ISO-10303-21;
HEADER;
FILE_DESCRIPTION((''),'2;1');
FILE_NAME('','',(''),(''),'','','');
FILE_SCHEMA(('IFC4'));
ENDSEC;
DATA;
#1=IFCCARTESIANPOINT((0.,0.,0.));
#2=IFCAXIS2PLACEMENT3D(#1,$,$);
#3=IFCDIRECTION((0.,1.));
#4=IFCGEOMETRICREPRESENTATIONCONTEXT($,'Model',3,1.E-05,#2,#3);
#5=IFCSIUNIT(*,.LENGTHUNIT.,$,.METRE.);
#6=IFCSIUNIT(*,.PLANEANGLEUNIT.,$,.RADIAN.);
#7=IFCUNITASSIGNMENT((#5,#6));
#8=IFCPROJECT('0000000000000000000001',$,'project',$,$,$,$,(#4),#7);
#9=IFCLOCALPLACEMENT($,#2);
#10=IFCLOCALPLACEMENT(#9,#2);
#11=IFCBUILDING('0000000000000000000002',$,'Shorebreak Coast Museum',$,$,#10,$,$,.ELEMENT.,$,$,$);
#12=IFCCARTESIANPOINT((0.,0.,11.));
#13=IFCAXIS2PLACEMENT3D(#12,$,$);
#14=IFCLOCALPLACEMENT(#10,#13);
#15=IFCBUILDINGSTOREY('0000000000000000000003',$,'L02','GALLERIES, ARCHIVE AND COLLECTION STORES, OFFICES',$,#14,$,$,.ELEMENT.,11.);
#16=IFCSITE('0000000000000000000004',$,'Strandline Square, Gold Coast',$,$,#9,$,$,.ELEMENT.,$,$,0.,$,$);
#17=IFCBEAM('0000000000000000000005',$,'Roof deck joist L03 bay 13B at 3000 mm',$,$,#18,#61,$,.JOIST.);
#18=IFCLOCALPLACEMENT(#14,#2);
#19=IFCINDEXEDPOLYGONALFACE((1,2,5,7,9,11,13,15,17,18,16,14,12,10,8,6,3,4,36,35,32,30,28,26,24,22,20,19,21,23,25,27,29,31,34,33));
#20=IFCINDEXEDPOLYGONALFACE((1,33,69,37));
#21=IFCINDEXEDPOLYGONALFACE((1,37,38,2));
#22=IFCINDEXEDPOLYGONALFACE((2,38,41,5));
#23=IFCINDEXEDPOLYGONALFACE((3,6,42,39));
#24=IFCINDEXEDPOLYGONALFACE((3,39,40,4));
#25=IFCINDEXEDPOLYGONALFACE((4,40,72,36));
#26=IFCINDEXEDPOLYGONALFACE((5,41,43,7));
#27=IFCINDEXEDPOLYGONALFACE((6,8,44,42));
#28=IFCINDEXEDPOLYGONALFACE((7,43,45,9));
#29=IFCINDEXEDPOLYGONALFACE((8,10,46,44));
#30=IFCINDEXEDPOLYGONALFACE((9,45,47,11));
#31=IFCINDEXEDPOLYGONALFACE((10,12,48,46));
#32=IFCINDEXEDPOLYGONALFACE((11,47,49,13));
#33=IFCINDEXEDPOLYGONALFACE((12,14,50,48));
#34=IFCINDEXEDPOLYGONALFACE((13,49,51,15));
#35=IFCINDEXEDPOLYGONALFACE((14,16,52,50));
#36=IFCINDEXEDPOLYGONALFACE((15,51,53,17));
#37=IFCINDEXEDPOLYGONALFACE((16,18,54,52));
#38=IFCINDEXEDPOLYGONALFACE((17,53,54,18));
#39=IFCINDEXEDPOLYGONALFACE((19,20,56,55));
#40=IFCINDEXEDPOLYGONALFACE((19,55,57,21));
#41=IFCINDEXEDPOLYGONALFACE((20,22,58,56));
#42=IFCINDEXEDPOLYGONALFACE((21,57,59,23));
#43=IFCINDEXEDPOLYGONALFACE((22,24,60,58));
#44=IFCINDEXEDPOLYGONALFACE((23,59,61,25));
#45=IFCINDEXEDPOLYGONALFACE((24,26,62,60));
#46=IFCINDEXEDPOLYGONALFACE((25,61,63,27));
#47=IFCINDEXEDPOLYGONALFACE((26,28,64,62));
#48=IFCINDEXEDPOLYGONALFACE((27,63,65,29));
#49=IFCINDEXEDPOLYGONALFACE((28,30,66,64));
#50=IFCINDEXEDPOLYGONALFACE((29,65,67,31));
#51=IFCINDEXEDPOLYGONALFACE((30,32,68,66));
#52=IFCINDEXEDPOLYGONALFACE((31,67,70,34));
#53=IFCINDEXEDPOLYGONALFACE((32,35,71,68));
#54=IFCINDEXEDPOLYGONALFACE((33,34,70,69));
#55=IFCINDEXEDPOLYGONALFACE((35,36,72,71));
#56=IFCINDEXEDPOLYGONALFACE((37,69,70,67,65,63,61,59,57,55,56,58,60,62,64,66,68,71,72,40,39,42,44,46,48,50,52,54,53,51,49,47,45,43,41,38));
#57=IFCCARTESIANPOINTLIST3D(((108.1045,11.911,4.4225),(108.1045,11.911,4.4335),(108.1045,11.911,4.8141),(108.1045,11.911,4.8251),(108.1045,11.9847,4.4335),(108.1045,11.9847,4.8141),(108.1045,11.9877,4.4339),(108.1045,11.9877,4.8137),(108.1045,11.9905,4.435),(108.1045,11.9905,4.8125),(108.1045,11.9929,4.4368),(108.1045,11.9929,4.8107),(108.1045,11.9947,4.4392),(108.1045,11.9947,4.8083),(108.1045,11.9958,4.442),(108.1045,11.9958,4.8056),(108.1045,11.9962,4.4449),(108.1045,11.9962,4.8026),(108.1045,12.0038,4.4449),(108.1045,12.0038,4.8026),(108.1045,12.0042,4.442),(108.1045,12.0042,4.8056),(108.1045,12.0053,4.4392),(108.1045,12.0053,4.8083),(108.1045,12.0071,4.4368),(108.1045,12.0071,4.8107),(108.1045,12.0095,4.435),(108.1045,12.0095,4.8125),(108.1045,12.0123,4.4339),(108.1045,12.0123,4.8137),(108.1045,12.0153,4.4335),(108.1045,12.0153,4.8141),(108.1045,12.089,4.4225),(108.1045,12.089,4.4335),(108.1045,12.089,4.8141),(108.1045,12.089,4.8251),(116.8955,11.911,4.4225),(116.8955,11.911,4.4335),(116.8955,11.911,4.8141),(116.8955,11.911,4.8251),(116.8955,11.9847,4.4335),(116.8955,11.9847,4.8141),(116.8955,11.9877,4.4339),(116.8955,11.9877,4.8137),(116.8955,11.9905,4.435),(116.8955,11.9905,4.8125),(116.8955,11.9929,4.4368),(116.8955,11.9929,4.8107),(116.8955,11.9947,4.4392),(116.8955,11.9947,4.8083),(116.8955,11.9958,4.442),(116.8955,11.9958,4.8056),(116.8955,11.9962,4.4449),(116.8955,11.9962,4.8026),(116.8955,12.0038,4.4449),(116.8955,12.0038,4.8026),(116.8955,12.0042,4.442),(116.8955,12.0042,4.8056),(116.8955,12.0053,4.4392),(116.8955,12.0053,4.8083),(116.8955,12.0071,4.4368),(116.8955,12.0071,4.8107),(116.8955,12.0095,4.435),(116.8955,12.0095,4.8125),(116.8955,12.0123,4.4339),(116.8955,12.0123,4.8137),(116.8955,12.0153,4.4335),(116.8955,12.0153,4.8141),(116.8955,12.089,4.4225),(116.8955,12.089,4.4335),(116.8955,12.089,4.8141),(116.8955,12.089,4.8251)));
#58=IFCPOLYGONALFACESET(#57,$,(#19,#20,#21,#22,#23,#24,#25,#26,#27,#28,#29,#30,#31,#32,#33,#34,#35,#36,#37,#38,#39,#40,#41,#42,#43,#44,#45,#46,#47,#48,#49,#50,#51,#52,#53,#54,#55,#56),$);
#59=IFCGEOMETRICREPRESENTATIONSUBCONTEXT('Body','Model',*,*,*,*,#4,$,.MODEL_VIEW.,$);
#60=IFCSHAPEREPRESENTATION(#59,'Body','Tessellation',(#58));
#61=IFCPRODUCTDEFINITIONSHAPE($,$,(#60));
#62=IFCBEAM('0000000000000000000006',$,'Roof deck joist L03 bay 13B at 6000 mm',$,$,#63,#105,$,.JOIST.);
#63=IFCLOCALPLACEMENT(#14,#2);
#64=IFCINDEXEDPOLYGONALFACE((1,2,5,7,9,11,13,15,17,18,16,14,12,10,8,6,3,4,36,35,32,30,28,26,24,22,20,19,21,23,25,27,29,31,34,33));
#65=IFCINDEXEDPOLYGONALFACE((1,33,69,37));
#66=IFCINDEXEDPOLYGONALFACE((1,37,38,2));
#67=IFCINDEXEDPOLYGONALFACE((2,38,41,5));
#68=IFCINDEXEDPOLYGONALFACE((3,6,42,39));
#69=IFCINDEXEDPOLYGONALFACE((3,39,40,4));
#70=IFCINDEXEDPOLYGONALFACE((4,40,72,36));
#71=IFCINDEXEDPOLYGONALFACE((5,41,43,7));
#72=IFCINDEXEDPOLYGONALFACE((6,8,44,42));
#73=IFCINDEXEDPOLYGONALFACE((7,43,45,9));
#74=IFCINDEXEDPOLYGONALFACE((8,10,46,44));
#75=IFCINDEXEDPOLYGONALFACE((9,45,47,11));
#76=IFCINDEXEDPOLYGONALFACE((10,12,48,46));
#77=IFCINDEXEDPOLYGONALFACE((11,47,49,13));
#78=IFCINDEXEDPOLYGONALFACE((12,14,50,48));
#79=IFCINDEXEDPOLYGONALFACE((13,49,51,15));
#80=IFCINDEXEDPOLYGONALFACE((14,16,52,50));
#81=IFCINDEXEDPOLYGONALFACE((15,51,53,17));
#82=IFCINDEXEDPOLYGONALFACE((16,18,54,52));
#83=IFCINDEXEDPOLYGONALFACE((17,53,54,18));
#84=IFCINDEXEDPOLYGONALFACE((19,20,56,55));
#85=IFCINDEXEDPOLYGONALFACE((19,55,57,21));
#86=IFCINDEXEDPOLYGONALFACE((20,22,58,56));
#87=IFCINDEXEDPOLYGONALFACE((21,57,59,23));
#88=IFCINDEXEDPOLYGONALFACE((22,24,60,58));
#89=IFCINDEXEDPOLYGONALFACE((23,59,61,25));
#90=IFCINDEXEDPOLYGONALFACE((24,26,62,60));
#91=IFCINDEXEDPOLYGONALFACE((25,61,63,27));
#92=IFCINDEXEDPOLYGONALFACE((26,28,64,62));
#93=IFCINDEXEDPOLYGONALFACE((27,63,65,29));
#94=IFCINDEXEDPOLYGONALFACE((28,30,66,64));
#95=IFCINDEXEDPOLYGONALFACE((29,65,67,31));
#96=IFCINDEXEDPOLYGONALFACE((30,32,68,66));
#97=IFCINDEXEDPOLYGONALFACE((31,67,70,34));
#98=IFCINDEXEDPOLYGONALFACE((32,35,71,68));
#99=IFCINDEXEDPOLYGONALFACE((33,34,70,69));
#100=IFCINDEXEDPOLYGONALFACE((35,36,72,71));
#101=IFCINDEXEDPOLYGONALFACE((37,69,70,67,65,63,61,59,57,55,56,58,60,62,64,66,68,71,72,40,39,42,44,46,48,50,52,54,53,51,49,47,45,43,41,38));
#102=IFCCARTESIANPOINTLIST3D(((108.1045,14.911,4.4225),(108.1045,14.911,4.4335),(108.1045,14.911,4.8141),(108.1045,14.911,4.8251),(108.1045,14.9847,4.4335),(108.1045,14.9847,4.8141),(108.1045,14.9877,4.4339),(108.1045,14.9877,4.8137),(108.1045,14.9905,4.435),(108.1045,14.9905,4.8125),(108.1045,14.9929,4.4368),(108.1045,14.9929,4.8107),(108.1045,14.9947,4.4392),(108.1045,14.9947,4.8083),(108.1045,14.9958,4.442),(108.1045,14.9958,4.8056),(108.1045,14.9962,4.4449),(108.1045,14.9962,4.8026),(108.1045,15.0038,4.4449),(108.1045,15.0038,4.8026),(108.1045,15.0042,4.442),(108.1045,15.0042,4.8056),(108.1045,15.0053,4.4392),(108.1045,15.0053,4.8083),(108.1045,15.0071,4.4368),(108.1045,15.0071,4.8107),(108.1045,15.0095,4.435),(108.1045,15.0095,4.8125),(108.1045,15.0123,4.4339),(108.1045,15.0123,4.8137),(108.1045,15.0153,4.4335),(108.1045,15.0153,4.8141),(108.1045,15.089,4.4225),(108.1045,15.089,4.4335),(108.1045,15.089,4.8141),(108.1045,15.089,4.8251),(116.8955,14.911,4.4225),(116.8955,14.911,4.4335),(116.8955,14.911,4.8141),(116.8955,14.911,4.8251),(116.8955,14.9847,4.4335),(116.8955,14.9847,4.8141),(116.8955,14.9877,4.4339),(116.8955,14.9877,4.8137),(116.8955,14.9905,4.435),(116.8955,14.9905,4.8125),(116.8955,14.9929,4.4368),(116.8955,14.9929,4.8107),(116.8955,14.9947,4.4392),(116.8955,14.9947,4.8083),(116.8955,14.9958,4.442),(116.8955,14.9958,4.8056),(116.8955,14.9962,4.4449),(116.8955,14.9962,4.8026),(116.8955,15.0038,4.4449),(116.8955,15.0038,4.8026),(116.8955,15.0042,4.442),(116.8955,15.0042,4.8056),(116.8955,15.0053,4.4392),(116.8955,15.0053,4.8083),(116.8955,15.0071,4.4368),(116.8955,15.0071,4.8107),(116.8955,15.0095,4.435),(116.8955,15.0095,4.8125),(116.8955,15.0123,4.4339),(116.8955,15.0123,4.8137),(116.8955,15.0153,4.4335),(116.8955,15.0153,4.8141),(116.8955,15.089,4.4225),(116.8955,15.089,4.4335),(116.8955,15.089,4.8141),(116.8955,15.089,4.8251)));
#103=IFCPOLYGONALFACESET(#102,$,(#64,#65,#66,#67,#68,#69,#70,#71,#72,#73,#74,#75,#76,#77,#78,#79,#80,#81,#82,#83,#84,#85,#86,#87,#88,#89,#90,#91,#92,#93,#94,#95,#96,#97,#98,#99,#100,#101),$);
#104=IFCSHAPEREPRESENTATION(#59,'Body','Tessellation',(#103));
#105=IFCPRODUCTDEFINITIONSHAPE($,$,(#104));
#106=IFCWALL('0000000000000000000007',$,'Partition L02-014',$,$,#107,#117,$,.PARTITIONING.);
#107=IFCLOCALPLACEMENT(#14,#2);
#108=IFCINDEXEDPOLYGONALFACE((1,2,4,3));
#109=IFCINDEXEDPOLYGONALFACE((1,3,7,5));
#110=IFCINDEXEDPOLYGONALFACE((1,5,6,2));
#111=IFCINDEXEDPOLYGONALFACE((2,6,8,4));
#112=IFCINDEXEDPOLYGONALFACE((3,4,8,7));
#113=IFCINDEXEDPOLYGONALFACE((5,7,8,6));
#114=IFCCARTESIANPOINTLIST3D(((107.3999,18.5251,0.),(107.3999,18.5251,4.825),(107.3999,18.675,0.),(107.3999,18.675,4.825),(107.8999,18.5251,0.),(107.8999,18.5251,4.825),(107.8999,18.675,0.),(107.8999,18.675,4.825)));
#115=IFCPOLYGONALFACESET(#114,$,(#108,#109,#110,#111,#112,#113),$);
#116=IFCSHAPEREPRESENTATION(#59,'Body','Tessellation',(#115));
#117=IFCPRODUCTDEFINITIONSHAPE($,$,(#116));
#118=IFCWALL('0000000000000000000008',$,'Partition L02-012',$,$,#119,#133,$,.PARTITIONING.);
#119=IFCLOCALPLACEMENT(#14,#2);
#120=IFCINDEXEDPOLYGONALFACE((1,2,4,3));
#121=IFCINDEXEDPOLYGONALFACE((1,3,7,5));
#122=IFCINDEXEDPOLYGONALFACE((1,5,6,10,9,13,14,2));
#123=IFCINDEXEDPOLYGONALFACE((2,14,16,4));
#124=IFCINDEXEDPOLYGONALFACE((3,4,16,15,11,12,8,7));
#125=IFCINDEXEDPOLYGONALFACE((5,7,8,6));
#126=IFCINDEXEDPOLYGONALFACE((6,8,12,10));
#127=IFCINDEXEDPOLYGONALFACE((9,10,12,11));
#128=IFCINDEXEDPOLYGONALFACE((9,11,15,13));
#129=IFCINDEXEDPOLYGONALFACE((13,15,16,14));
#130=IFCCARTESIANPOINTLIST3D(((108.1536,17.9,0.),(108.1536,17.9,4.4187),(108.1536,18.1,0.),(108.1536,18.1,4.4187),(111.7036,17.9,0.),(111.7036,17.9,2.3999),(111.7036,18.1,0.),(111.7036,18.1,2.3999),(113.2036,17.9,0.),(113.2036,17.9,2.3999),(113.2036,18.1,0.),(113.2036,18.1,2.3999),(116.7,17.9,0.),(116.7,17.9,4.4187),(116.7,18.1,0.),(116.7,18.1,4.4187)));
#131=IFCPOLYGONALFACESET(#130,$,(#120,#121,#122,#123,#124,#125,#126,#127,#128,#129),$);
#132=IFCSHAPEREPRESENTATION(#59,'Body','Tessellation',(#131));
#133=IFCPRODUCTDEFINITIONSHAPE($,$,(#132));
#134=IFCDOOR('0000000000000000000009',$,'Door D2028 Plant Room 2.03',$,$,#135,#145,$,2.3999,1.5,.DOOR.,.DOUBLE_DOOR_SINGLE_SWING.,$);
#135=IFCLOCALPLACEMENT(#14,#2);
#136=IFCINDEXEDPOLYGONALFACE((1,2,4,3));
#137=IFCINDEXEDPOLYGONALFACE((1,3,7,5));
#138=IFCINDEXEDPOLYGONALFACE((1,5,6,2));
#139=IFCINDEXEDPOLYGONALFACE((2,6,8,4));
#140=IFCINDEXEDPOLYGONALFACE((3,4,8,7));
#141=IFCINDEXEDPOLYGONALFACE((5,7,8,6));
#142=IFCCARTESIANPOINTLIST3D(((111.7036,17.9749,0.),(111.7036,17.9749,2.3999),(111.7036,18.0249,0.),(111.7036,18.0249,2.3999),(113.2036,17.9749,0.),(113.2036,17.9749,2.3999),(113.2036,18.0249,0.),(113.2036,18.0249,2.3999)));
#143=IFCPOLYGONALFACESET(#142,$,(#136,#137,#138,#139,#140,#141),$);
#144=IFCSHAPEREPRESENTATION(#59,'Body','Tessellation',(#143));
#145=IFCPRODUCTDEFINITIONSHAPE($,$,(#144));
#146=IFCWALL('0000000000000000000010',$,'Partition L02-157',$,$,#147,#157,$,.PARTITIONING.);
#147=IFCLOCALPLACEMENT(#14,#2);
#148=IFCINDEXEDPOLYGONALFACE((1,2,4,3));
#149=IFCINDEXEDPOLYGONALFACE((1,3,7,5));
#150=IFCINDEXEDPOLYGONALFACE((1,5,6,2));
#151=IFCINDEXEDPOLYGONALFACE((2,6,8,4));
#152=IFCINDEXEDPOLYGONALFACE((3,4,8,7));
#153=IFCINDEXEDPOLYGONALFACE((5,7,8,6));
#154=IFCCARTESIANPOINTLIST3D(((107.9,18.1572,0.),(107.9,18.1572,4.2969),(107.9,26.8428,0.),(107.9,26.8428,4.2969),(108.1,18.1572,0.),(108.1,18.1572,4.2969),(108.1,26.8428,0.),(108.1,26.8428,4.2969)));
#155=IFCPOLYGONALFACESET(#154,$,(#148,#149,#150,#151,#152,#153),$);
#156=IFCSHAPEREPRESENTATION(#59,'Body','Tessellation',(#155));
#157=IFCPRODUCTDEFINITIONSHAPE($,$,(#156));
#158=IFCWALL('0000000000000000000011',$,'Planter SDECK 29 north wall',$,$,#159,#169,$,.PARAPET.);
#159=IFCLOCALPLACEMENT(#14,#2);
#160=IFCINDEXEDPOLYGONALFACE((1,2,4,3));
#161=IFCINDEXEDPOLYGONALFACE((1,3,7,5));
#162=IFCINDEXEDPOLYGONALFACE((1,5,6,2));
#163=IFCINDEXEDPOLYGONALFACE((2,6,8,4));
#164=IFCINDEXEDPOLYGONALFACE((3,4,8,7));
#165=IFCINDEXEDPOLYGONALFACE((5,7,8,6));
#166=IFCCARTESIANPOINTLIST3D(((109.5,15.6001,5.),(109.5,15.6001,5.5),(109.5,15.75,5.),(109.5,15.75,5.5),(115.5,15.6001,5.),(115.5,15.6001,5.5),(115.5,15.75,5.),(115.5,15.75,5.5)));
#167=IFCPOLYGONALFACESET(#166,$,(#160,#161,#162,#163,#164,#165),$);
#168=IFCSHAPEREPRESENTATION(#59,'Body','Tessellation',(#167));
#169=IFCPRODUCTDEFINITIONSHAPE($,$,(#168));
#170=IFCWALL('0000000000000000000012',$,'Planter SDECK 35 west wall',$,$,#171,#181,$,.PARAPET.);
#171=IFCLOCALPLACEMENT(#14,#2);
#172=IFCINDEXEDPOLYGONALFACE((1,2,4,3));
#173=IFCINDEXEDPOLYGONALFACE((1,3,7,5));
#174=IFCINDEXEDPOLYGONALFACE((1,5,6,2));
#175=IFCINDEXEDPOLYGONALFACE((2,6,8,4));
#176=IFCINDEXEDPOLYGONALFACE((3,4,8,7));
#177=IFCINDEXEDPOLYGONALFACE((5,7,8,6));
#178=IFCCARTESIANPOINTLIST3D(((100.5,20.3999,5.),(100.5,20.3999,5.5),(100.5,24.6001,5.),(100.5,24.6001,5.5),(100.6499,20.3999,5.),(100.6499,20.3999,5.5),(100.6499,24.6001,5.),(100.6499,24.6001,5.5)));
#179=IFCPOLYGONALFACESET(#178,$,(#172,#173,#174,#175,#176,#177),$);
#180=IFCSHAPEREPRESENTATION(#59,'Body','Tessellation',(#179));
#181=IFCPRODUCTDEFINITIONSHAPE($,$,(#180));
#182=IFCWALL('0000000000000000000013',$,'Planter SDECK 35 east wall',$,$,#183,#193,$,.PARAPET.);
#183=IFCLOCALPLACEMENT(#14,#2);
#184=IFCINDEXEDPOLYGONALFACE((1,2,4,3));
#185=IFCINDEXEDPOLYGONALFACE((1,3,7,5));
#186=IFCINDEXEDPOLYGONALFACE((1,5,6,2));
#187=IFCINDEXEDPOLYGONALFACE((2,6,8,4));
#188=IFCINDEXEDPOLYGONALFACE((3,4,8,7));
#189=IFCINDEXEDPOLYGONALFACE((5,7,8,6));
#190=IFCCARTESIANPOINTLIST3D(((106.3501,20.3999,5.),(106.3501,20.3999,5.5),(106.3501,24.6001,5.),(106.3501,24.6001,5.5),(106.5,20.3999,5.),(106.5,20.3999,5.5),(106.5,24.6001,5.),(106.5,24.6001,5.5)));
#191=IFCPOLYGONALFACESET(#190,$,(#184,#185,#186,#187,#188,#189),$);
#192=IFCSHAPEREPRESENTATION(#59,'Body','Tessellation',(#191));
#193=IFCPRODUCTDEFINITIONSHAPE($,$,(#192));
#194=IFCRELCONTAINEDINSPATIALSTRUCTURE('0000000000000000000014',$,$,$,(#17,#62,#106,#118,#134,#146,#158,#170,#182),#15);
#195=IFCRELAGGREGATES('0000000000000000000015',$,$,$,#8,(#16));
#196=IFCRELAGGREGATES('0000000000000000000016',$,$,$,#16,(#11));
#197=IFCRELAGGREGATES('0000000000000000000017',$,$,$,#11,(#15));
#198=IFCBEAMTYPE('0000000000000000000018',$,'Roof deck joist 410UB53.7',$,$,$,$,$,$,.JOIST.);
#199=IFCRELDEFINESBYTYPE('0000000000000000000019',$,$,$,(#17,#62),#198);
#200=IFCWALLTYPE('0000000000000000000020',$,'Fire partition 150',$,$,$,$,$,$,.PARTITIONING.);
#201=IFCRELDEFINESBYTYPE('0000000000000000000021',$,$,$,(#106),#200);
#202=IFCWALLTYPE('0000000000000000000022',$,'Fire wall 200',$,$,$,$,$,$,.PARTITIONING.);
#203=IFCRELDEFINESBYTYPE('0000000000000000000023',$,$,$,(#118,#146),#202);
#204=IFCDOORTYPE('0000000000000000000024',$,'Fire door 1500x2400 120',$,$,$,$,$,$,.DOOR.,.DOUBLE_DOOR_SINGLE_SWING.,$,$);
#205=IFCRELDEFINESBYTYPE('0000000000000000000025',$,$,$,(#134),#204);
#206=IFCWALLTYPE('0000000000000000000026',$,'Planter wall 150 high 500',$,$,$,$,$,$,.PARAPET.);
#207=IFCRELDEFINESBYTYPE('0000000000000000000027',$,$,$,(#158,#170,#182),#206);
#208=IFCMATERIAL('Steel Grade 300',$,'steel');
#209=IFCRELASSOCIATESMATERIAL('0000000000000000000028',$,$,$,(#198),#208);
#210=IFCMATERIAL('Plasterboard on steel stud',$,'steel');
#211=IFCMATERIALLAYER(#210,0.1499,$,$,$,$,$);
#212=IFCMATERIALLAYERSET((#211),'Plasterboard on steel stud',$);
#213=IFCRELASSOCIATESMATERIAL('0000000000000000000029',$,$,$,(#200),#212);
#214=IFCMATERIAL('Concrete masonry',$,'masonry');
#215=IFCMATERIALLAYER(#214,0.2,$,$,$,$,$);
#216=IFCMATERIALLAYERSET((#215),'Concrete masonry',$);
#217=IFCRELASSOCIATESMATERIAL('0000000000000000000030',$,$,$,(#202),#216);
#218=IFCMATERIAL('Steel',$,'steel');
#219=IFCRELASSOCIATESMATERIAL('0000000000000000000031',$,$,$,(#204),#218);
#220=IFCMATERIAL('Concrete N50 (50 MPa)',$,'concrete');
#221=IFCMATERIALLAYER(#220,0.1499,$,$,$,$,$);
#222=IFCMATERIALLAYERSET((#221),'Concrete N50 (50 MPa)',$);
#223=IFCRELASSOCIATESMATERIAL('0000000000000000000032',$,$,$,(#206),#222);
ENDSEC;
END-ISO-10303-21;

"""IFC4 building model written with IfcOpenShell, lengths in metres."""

from ifc_helpers import new_model, si_unit, direction, frame, frame_2d, origin, origin_2d, place, context, subcontext, project, spatial, rectangle, i_section, extrude, material, layer, layer_set, material_profile, profile_set, type_object, element, fill, save


model = new_model("IFC4")

# Units and contexts
model_context = context("Model", 3, precision=1e-05, world=origin(), true_north=direction((0.0, 1.0)))
body_context = subcontext(model_context, "Body", "Model", "MODEL_VIEW")
ifc_project = project(units=[si_unit("LENGTHUNIT", "METRE"), si_unit("PLANEANGLEUNIT", "RADIAN")], contexts=[model_context])

# Site, building, storey
site_placement = place(None, origin())
site = spatial("IfcSite", under=ifc_project, at=site_placement, Name="Strandline Square, Gold Coast", CompositionType="ELEMENT", RefElevation=0.0)
building_placement = place(site_placement, origin())
building = spatial("IfcBuilding", under=site, at=building_placement, Name="Shorebreak Coast Museum", CompositionType="ELEMENT")
storey_placement = place(building_placement, frame((0.0, 0.0, 11.0)))
storey = spatial("IfcBuildingStorey", under=building, at=storey_placement, Name="L02", Description="GALLERIES, ARCHIVE AND COLLECTION STORES, OFFICES", CompositionType="ELEMENT", Elevation=11.0)

# Beams
ifc_material_1 = material(Name="Steel Grade 300", Category="steel")
ifc_material_profile_1 = material_profile(ifc_material_1, i_section(OverallWidth=0.178, OverallDepth=0.4026, WebThickness=0.0076, FlangeThickness=0.011, FilletRadius=0.0115, at=origin_2d()), Name="410UB53.7")
ifc_profile_set_1 = profile_set([ifc_material_profile_1], Name="Steel Grade 300")
beam_type_1 = type_object("IfcBeamType", Name="Roof deck joist 410UB53.7", PredefinedType="JOIST", material=ifc_profile_set_1)
for number, where, z_axis, x_axis, name in (
    (1, (108.1045, 12.0, 4.6238), (1.0, 0.0, 0.0), (0.0, 1.0, 0.0), "Roof deck joist L03 bay 13B at 3000 mm"),
    (2, (108.1045, 15.0, 4.6238), (1.0, 0.0, 0.0), (0.0, 1.0, 0.0), "Roof deck joist L03 bay 13B at 6000 mm"),
):
    element("IfcBeam", number, at=place(storey_placement, frame(where, z_axis=z_axis, x_axis=x_axis)), inside=storey, type_object=beam_type_1, Name=name, PredefinedType="JOIST", context=body_context, shape_type="SweptSolid", body=[
        extrude(i_section(OverallWidth=0.178, OverallDepth=0.4026, WebThickness=0.0076, FlangeThickness=0.011, FilletRadius=0.0115, at=origin_2d()), origin(), (0.0, 0.0, 1.0), 8.791),
    ])

# Wall
ifc_material_2 = material(Name="Plasterboard on steel stud", Category="steel")
ifc_layer_1 = layer(ifc_material_2, 0.1499)
ifc_layer_set_1 = layer_set([ifc_layer_1], Name="Plasterboard on steel stud")
wall_type_1 = type_object("IfcWallType", Name="Fire partition 150", PredefinedType="PARTITIONING", material=ifc_layer_set_1)
wall_1_placement = place(storey_placement, frame((107.3999, 18.6001, 0.0), z_axis=(0.0, 0.0, 1.0), x_axis=(1.0, 0.0, 0.0)))
element("IfcWall", 3, at=wall_1_placement, inside=storey, type_object=wall_type_1, Name="Partition L02-014", PredefinedType="PARTITIONING", context=body_context, shape_type="SweptSolid", body=[
    extrude(rectangle(XDim=0.5, YDim=0.1499, at=frame_2d((0.25, 0.0))), origin(), (0.0, 0.0, 1.0), 4.825),
])

# Wall, opening, door
ifc_material_3 = material(Name="Concrete masonry", Category="masonry")
ifc_layer_2 = layer(ifc_material_3, 0.2)
ifc_layer_set_2 = layer_set([ifc_layer_2], Name="Concrete masonry")
wall_type_2 = type_object("IfcWallType", Name="Fire wall 200", PredefinedType="PARTITIONING", material=ifc_layer_set_2)
wall_2_placement = place(storey_placement, frame((108.1536, 18.0, 0.0), z_axis=(0.0, 0.0, 1.0), x_axis=(1.0, 0.0, 0.0)))
wall_2 = element("IfcWall", 4, at=wall_2_placement, inside=storey, type_object=wall_type_2, Name="Partition L02-012", PredefinedType="PARTITIONING", context=body_context, shape_type="SweptSolid", body=[
    extrude(rectangle(XDim=8.5464, YDim=0.2, at=frame_2d((4.2732, 0.0))), origin(), (0.0, 0.0, 1.0), 4.4187),
])
opening_1_placement = place(wall_2_placement, frame((3.55, 0.0, 0.0)))
opening_1 = element("IfcOpeningElement", 5, at=opening_1_placement, cuts=wall_2, PredefinedType="OPENING", context=body_context, shape_type="SweptSolid", body=[
    extrude(rectangle(XDim=1.5, YDim=2.3999, at=frame_2d((0.75, 1.2))), frame((0.0, 0.1099, 0.0), z_axis=(0.0, -1.0, 0.0), x_axis=(1.0, 0.0, 0.0)), (0.0, 0.0, 1.0), 0.22),
])
ifc_material_4 = material(Name="Steel", Category="steel")
door_type_1 = type_object("IfcDoorType", Name="Fire door 1500x2400 120", OperationType="DOUBLE_DOOR_SINGLE_SWING", PredefinedType="DOOR", material=ifc_material_4)
door_1_placement = place(opening_1_placement, origin())
door_1 = element("IfcDoor", 6, at=door_1_placement, inside=storey, type_object=door_type_1, Name="Door D2028 Plant Room 2.03", OperationType="DOUBLE_DOOR_SINGLE_SWING", OverallHeight=2.3999, OverallWidth=1.5, PredefinedType="DOOR", context=body_context, shape_type="SweptSolid", body=[
    extrude(rectangle(XDim=1.5, YDim=2.3999, at=frame_2d((0.75, 1.2))), frame((0.0, 0.0249, 0.0), z_axis=(0.0, -1.0, 0.0), x_axis=(1.0, 0.0, 0.0)), (0.0, 0.0, 1.0), 0.05),
])
fill(opening_1, door_1)

# Walls
wall_3_placement = place(storey_placement, frame((108.0, 18.1572, 0.0), z_axis=(0.0, 0.0, 1.0), x_axis=(0.0, 1.0, 0.0)))
element("IfcWall", 7, at=wall_3_placement, inside=storey, type_object=wall_type_2, Name="Partition L02-157", PredefinedType="PARTITIONING", context=body_context, shape_type="SweptSolid", body=[
    extrude(rectangle(XDim=8.6855, YDim=0.2, at=frame_2d((4.3428, 0.0))), origin(), (0.0, 0.0, 1.0), 4.2969),
])
ifc_material_5 = material(Name="Concrete N50 (50 MPa)", Category="concrete")
ifc_layer_3 = layer(ifc_material_5, 0.1499)
ifc_layer_set_3 = layer_set([ifc_layer_3], Name="Concrete N50 (50 MPa)")
wall_type_3 = type_object("IfcWallType", Name="Planter wall 150 high 500", PredefinedType="PARAPET", material=ifc_layer_set_3)
wall_4_placement = place(storey_placement, frame((109.5, 15.675, 5.0), z_axis=(0.0, 0.0, 1.0), x_axis=(1.0, 0.0, 0.0)))
element("IfcWall", 8, at=wall_4_placement, inside=storey, type_object=wall_type_3, Name="Planter SDECK 29 north wall", PredefinedType="PARAPET", context=body_context, shape_type="SweptSolid", body=[
    extrude(rectangle(XDim=6.0, YDim=0.1499, at=frame_2d((3.0, 0.0))), origin(), (0.0, 0.0, 1.0), 0.5),
])
for number, where, z_axis, x_axis, name in (
    (9, (100.575, 20.3999, 5.0), (0.0, 0.0, 1.0), (0.0, 1.0, 0.0), "Planter SDECK 35 west wall"),
    (10, (106.425, 20.3999, 5.0), (0.0, 0.0, 1.0), (0.0, 1.0, 0.0), "Planter SDECK 35 east wall"),
):
    element("IfcWall", number, at=place(storey_placement, frame(where, z_axis=z_axis, x_axis=x_axis)), inside=storey, type_object=wall_type_3, Name=name, PredefinedType="PARAPET", context=body_context, shape_type="SweptSolid", body=[
        extrude(rectangle(XDim=4.2002, YDim=0.1499, at=frame_2d((2.1001, 0.0))), origin(), (0.0, 0.0, 1.0), 0.5),
    ])

save(model, "model.ifc")
